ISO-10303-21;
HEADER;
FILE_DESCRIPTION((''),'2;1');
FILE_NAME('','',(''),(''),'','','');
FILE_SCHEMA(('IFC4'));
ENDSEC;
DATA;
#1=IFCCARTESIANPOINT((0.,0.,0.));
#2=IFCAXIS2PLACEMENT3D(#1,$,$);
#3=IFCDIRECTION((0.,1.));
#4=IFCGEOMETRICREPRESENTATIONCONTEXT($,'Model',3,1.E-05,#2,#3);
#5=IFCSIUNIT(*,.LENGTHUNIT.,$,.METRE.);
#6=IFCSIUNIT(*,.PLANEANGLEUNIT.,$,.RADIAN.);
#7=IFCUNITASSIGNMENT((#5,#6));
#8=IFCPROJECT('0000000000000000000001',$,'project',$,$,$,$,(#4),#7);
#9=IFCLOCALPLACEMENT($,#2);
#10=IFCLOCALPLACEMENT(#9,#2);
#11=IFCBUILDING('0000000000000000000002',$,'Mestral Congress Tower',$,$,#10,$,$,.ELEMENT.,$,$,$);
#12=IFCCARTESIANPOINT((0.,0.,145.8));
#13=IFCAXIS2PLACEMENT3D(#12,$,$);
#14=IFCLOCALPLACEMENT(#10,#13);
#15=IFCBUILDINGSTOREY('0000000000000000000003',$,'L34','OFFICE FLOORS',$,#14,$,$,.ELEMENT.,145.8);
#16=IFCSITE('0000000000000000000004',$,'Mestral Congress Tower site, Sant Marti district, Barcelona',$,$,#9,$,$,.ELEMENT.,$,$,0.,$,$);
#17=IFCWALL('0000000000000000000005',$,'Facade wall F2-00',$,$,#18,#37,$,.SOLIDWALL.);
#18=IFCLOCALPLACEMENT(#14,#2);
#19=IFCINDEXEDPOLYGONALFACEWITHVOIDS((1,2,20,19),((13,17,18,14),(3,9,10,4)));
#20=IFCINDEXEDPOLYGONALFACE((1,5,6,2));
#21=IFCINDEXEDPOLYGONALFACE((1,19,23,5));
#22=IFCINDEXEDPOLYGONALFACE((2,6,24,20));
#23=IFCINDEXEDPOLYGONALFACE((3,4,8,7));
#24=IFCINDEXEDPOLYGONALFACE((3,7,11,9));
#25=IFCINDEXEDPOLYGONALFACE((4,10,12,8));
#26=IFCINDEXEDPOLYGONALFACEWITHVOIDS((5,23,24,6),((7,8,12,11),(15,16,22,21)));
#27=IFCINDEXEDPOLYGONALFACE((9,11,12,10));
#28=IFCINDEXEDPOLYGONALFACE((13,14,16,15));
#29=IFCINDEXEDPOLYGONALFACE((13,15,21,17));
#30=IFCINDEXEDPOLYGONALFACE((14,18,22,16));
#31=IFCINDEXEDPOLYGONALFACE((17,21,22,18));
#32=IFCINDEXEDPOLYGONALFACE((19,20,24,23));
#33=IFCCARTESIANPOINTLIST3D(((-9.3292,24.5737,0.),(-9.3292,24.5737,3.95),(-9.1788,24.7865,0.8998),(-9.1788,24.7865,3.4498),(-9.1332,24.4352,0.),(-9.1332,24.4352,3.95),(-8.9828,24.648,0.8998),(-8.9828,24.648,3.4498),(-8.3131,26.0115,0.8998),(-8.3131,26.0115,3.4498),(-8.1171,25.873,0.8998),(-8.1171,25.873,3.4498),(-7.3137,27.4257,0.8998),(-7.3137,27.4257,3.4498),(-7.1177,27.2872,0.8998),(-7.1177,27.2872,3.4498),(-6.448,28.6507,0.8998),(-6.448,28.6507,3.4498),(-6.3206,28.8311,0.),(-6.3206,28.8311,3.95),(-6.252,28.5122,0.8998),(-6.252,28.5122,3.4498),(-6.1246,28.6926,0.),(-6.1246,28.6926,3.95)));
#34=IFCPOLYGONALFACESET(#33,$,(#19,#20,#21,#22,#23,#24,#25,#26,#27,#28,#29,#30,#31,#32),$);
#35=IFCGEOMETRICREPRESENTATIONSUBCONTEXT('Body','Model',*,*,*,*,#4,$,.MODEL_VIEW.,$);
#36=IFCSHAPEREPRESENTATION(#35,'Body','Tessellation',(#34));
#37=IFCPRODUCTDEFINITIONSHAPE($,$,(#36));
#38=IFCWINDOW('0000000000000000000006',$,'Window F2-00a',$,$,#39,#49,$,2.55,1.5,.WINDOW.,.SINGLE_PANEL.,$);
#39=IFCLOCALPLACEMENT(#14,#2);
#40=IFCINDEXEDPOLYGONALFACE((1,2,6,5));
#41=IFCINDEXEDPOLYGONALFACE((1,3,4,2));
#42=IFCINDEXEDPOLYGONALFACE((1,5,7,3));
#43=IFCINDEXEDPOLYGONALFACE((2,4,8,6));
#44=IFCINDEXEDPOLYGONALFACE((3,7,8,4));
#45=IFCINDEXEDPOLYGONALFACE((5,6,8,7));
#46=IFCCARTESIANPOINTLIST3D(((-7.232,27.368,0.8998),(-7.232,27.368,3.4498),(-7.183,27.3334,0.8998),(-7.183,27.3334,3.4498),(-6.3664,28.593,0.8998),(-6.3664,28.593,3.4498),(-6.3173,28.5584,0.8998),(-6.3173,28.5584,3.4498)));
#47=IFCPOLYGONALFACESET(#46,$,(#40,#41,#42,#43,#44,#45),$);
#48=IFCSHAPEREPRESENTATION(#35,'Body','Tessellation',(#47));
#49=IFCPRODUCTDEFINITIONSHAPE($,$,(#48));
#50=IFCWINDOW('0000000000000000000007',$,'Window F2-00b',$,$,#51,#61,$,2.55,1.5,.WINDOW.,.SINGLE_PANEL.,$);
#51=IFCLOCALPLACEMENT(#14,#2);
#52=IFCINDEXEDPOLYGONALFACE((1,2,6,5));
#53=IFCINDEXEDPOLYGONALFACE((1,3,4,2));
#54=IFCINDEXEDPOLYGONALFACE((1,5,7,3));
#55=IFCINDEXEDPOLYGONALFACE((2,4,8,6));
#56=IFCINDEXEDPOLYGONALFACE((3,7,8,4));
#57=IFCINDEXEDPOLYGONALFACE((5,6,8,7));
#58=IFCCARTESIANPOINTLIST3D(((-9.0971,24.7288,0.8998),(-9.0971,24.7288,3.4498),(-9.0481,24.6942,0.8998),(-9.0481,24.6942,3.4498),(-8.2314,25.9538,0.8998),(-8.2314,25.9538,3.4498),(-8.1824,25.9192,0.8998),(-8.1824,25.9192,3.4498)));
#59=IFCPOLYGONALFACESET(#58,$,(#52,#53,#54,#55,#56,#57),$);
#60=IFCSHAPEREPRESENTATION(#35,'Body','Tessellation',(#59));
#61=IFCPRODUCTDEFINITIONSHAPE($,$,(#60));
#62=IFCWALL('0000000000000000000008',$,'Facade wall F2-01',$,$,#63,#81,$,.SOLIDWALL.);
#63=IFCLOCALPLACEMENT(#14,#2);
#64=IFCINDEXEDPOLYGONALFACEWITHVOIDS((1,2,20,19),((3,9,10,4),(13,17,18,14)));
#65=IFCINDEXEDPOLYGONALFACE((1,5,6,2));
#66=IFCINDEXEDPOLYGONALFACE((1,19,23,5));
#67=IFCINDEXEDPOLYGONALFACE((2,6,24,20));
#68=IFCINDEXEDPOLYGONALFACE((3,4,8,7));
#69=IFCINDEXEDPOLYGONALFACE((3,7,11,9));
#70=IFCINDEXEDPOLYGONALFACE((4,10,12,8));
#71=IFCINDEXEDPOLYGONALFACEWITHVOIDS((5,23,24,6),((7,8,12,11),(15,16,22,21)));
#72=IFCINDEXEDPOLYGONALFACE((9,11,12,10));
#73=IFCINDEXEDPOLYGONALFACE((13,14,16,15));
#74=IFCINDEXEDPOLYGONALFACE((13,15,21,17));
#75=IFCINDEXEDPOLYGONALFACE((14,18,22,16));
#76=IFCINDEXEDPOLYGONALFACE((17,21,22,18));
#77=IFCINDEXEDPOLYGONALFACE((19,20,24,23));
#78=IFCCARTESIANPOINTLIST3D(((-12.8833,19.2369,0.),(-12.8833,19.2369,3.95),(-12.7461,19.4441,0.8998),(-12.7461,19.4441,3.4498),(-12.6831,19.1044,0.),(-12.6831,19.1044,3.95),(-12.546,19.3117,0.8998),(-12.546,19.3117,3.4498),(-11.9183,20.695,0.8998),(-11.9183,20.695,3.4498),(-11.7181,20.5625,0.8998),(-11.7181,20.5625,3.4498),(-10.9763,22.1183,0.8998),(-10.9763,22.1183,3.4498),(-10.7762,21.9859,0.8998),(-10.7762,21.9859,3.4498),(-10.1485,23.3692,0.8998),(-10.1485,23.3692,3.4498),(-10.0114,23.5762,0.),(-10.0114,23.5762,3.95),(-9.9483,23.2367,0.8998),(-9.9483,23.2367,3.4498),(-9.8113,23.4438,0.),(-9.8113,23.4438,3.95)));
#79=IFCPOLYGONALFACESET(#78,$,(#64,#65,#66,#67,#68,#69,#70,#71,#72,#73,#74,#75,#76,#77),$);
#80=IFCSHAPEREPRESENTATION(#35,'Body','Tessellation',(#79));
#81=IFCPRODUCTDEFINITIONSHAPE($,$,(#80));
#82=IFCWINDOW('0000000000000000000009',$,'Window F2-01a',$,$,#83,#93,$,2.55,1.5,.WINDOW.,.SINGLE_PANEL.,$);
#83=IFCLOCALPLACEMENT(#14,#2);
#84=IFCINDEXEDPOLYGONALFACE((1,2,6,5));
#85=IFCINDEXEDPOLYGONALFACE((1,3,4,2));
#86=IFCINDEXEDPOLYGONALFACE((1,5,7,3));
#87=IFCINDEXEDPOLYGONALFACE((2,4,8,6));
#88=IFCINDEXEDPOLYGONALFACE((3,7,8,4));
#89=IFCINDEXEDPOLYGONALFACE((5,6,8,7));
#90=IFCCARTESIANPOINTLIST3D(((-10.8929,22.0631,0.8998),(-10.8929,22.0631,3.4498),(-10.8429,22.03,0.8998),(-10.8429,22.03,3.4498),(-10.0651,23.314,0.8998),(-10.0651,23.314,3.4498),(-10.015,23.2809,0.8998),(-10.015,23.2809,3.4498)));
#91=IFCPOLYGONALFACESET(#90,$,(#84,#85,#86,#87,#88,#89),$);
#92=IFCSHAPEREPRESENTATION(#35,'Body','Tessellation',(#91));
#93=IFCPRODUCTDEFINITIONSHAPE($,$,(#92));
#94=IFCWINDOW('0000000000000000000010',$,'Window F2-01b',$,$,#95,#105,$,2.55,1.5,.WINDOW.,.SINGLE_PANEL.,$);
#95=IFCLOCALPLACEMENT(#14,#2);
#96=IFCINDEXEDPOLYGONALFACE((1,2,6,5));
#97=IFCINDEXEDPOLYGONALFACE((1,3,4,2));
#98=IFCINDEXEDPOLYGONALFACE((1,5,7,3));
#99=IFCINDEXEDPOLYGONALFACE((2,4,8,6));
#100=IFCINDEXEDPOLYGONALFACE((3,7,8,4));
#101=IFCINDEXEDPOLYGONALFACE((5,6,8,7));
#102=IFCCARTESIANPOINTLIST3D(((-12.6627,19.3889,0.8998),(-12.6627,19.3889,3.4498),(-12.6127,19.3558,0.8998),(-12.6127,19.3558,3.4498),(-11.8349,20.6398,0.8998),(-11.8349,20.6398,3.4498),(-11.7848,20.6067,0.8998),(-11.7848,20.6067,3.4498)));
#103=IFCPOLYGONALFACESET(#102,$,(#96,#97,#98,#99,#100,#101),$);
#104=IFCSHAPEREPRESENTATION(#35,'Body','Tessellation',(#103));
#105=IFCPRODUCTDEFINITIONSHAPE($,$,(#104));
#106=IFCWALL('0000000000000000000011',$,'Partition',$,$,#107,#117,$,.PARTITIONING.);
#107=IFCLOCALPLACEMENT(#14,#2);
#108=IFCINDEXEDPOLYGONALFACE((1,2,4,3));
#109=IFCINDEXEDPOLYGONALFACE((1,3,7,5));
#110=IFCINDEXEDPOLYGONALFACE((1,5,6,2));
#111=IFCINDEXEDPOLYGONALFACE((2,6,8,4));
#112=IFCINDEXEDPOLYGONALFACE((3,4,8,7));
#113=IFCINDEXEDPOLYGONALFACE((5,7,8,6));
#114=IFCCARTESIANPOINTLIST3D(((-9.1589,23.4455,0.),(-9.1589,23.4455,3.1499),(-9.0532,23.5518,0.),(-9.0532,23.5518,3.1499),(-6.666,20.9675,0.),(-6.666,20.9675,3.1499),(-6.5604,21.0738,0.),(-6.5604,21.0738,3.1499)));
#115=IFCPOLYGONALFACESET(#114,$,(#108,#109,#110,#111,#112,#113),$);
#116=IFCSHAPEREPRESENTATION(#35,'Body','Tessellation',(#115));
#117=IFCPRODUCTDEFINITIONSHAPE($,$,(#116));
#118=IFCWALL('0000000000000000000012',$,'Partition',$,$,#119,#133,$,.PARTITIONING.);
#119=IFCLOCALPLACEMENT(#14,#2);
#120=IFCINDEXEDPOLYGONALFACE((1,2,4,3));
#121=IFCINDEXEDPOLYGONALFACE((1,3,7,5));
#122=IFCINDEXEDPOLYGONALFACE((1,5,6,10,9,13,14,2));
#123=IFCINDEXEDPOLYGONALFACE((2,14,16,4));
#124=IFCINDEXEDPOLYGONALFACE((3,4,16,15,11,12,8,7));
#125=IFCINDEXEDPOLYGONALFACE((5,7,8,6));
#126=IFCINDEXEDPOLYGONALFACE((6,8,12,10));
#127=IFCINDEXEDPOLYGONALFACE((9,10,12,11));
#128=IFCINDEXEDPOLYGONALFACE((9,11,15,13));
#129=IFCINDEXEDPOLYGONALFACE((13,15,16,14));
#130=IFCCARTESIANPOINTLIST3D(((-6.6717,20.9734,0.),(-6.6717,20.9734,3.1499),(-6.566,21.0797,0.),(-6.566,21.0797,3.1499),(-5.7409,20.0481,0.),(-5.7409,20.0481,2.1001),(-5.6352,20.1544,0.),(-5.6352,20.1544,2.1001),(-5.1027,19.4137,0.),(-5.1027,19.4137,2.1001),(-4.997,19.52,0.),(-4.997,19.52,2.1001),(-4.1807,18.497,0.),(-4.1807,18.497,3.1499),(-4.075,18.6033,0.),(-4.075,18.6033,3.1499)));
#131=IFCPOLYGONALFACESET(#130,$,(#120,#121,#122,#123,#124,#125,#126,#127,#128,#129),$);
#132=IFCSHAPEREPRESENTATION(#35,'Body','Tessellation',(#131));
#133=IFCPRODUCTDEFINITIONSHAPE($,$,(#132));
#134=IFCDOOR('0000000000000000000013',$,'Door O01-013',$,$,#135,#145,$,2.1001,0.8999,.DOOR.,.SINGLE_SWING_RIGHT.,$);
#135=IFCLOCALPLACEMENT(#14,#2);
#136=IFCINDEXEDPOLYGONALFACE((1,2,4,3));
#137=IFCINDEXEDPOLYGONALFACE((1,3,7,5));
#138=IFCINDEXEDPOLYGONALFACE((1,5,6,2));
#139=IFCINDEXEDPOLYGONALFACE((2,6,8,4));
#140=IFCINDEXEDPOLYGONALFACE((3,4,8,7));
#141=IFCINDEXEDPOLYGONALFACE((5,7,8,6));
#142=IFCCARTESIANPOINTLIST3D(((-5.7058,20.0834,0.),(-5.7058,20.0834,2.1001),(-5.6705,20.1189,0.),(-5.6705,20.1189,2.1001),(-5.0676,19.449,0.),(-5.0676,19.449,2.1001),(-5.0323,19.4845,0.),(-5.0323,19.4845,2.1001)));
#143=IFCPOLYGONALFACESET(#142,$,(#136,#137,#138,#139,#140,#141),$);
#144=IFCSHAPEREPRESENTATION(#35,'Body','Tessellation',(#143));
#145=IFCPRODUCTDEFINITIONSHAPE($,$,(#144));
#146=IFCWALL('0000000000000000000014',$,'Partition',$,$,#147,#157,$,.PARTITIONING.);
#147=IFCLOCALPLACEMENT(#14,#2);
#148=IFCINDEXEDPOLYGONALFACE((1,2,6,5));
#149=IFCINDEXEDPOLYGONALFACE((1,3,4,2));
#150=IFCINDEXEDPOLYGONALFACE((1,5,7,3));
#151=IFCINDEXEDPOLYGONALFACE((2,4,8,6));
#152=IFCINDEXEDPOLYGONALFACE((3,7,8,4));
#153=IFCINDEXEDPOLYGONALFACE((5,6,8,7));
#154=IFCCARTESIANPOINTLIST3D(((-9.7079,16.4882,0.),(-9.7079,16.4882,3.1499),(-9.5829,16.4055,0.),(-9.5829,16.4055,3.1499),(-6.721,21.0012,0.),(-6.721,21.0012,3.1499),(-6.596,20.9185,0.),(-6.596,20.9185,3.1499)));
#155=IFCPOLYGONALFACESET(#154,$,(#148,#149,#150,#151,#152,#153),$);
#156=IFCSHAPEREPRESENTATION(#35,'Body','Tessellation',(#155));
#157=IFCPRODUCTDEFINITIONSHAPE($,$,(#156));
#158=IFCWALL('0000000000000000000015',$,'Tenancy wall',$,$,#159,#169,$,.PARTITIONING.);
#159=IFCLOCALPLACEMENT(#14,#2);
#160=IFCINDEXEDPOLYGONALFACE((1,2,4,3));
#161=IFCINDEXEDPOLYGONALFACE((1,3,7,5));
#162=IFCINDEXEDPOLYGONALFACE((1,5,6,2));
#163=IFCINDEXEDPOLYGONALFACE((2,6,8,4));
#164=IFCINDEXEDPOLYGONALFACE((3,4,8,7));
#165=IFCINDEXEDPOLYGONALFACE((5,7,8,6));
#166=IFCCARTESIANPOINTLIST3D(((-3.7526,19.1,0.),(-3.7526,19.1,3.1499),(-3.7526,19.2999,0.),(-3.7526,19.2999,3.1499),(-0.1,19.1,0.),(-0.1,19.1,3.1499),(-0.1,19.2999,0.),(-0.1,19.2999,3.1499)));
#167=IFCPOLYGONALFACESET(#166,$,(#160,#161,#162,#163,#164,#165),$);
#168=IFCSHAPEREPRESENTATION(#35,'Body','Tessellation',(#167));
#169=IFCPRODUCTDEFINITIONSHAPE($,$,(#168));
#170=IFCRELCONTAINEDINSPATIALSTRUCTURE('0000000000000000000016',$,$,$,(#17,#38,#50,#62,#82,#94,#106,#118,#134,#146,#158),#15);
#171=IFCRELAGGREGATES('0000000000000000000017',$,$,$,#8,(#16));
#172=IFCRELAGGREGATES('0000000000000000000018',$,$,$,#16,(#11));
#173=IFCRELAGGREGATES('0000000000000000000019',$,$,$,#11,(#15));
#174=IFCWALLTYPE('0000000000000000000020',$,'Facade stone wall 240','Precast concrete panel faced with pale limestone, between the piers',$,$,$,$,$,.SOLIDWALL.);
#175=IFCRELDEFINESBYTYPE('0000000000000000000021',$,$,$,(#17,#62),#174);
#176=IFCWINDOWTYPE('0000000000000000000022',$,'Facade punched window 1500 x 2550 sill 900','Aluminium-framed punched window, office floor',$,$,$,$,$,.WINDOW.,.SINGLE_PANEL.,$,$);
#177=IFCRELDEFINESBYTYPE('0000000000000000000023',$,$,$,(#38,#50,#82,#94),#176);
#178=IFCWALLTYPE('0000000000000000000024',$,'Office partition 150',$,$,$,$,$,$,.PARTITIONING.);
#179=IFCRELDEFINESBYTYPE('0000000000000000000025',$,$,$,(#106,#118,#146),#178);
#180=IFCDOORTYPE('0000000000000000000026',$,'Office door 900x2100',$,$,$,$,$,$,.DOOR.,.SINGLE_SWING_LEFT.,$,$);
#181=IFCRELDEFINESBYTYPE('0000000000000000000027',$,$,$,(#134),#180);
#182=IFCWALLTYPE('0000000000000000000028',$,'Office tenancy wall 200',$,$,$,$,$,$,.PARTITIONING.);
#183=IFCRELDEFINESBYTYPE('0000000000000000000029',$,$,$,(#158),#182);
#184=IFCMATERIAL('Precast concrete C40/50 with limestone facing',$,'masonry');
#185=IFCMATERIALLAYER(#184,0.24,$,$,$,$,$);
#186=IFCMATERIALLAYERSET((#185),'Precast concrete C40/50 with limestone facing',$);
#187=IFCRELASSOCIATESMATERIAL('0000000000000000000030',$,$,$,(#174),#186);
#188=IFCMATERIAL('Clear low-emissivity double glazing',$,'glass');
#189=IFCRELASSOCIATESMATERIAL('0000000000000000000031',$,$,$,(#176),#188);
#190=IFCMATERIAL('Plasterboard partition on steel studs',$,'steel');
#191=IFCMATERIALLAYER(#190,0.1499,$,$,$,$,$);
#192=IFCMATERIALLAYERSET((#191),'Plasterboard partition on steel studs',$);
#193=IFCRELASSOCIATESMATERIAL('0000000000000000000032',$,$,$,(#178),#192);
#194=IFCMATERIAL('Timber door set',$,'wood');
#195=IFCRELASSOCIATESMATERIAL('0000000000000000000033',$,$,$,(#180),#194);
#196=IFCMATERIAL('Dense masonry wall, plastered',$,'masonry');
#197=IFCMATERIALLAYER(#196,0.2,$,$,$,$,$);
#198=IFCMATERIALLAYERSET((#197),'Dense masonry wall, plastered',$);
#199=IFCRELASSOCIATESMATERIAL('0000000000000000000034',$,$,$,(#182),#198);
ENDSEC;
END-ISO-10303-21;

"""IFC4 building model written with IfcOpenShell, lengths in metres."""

from ifc_helpers import new_model, si_unit, direction, frame, frame_2d, origin, place, context, subcontext, project, spatial, rectangle, extrude, material, layer, layer_set, type_object, element, fill, save


model = new_model("IFC4")

# Units and contexts
model_context = context("Model", 3, precision=1e-05, world=origin(), true_north=direction((0.0, 1.0)))
body_context = subcontext(model_context, "Body", "Model", "MODEL_VIEW")
ifc_project = project(units=[si_unit("LENGTHUNIT", "METRE"), si_unit("PLANEANGLEUNIT", "RADIAN")], contexts=[model_context])

# Site, building, storey
site_placement = place(None, origin())
site = spatial("IfcSite", under=ifc_project, at=site_placement, Name="Mestral Congress Tower site, Sant Marti district, Barcelona", CompositionType="ELEMENT", RefElevation=0.0)
building_placement = place(site_placement, origin())
building = spatial("IfcBuilding", under=site, at=building_placement, Name="Mestral Congress Tower", CompositionType="ELEMENT")
storey_placement = place(building_placement, frame((0.0, 0.0, 145.8)))
storey = spatial("IfcBuildingStorey", under=building, at=storey_placement, Name="L34", Description="OFFICE FLOORS", CompositionType="ELEMENT", Elevation=145.8)

# Shared definitions
ifc_material_1 = material(Name="Precast concrete C40/50 with limestone facing", Category="masonry")
ifc_layer_1 = layer(ifc_material_1, 0.24)
ifc_layer_set_1 = layer_set([ifc_layer_1], Name="Precast concrete C40/50 with limestone facing")
wall_type_1 = type_object("IfcWallType", Name="Facade stone wall 240", Description="Precast concrete panel faced with pale limestone, between the piers", PredefinedType="SOLIDWALL", material=ifc_layer_set_1)
ifc_material_2 = material(Name="Clear low-emissivity double glazing", Category="glass")

# Walls, openings, windows
wall_1_placement = place(storey_placement, frame((-6.2227, 28.7617, 0.0), z_axis=(0.0, 0.0, 1.0), x_axis=(-0.577115, -0.816663, 0.0)))
wall_1 = element("IfcWall", 1, at=wall_1_placement, inside=storey, type_object=wall_type_1, Name="Facade wall F2-00", PredefinedType="SOLIDWALL", context=body_context, shape_type="SweptSolid", body=[
    extrude(rectangle(XDim=5.2131, YDim=0.24, at=frame_2d((2.6064, 0.0))), origin(), (0.0, 0.0, 1.0), 3.95),
])
opening_1_placement = place(wall_1_placement, frame((0.2207, 0.0, 0.8999)))
opening_1 = element("IfcOpeningElement", 2, at=opening_1_placement, cuts=wall_1, PredefinedType="OPENING", context=body_context, shape_type="SweptSolid", body=[
    extrude(rectangle(XDim=1.5, YDim=2.55, at=frame_2d((0.75, 1.2749))), frame((0.0, 0.1299, 0.0), z_axis=(0.0, -1.0, 0.0), x_axis=(1.0, 0.0, 0.0)), (0.0, 0.0, 1.0), 0.26),
])
opening_2_placement = place(wall_1_placement, frame((3.4524, 0.0, 0.8999)))
opening_2 = element("IfcOpeningElement", 3, at=opening_2_placement, cuts=wall_1, PredefinedType="OPENING", context=body_context, shape_type="SweptSolid", body=[
    extrude(rectangle(XDim=1.5, YDim=2.55, at=frame_2d((0.75, 1.2749))), frame((0.0, 0.1299, 0.0), z_axis=(0.0, -1.0, 0.0), x_axis=(1.0, 0.0, 0.0)), (0.0, 0.0, 1.0), 0.26),
])
window_type_1 = type_object("IfcWindowType", Name="Facade punched window 1500 x 2550 sill 900", Description="Aluminium-framed punched window, office floor", PartitioningType="SINGLE_PANEL", PredefinedType="WINDOW", material=ifc_material_2)
window_1_placement = place(opening_1_placement, origin())
window_1 = element("IfcWindow", 4, at=window_1_placement, inside=storey, type_object=window_type_1, Name="Window F2-00a", OverallHeight=2.55, OverallWidth=1.5, PartitioningType="SINGLE_PANEL", PredefinedType="WINDOW", context=body_context, shape_type="SweptSolid", body=[
    extrude(rectangle(XDim=1.5, YDim=2.55, at=frame_2d((0.75, 1.2749))), frame((0.0, 0.04, 0.0), z_axis=(0.0, -1.0, 0.0), x_axis=(1.0, 0.0, 0.0)), (0.0, 0.0, 1.0), 0.0601),
])
fill(opening_1, window_1)
window_2_placement = place(opening_2_placement, origin())
window_2 = element("IfcWindow", 5, at=window_2_placement, inside=storey, type_object=window_type_1, Name="Window F2-00b", OverallHeight=2.55, OverallWidth=1.5, PartitioningType="SINGLE_PANEL", PredefinedType="WINDOW", context=body_context, shape_type="SweptSolid", body=[
    extrude(rectangle(XDim=1.5, YDim=2.55, at=frame_2d((0.75, 1.2749))), frame((0.0, 0.04, 0.0), z_axis=(0.0, -1.0, 0.0), x_axis=(1.0, 0.0, 0.0)), (0.0, 0.0, 1.0), 0.0601),
])
fill(opening_2, window_2)
wall_2_placement = place(storey_placement, frame((-9.9114, 23.51, 0.0), z_axis=(0.0, 0.0, 1.0), x_axis=(-0.551893, -0.833915, 0.0)))
wall_2 = element("IfcWall", 6, at=wall_2_placement, inside=storey, type_object=wall_type_1, Name="Facade wall F2-01", PredefinedType="SOLIDWALL", context=body_context, shape_type="SweptSolid", body=[
    extrude(rectangle(XDim=5.2036, YDim=0.24, at=frame_2d((2.6018, 0.0))), origin(), (0.0, 0.0, 1.0), 3.95),
])
opening_3_placement = place(wall_2_placement, frame((0.2483, 0.0, 0.8999)))
opening_3 = element("IfcOpeningElement", 7, at=opening_3_placement, cuts=wall_2, PredefinedType="OPENING", context=body_context, shape_type="SweptSolid", body=[
    extrude(rectangle(XDim=1.5, YDim=2.55, at=frame_2d((0.75, 1.2749))), frame((0.0, 0.1299, 0.0), z_axis=(0.0, -1.0, 0.0), x_axis=(1.0, 0.0, 0.0)), (0.0, 0.0, 1.0), 0.26),
])
opening_4_placement = place(wall_2_placement, frame((3.4551, 0.0, 0.8999)))
opening_4 = element("IfcOpeningElement", 8, at=opening_4_placement, cuts=wall_2, PredefinedType="OPENING", context=body_context, shape_type="SweptSolid", body=[
    extrude(rectangle(XDim=1.5, YDim=2.55, at=frame_2d((0.75, 1.2749))), frame((0.0, 0.1299, 0.0), z_axis=(0.0, -1.0, 0.0), x_axis=(1.0, 0.0, 0.0)), (0.0, 0.0, 1.0), 0.26),
])
window_3_placement = place(opening_3_placement, origin())
window_3 = element("IfcWindow", 9, at=window_3_placement, inside=storey, type_object=window_type_1, Name="Window F2-01a", OverallHeight=2.55, OverallWidth=1.5, PartitioningType="SINGLE_PANEL", PredefinedType="WINDOW", context=body_context, shape_type="SweptSolid", body=[
    extrude(rectangle(XDim=1.5, YDim=2.55, at=frame_2d((0.75, 1.2749))), frame((0.0, 0.04, 0.0), z_axis=(0.0, -1.0, 0.0), x_axis=(1.0, 0.0, 0.0)), (0.0, 0.0, 1.0), 0.0601),
])
fill(opening_3, window_3)
window_4_placement = place(opening_4_placement, origin())
window_4 = element("IfcWindow", 10, at=window_4_placement, inside=storey, type_object=window_type_1, Name="Window F2-01b", OverallHeight=2.55, OverallWidth=1.5, PartitioningType="SINGLE_PANEL", PredefinedType="WINDOW", context=body_context, shape_type="SweptSolid", body=[
    extrude(rectangle(XDim=1.5, YDim=2.55, at=frame_2d((0.75, 1.2749))), frame((0.0, 0.04, 0.0), z_axis=(0.0, -1.0, 0.0), x_axis=(1.0, 0.0, 0.0)), (0.0, 0.0, 1.0), 0.0601),
])
fill(opening_4, window_4)

# Wall
ifc_material_3 = material(Name="Plasterboard partition on steel studs", Category="steel")
ifc_layer_2 = layer(ifc_material_3, 0.1499)
ifc_layer_set_2 = layer_set([ifc_layer_2], Name="Plasterboard partition on steel studs")
wall_type_2 = type_object("IfcWallType", Name="Office partition 150", PredefinedType="PARTITIONING", material=ifc_layer_set_2)
wall_3_placement = place(storey_placement, frame((-6.6133, 21.0208, 0.0), z_axis=(0.0, 0.0, 1.0), x_axis=(-0.709222, 0.704985, 0.0)))
element("IfcWall", 11, at=wall_3_placement, inside=storey, type_object=wall_type_2, Name="Partition", PredefinedType="PARTITIONING", context=body_context, shape_type="SweptSolid", body=[
    extrude(rectangle(XDim=3.5149, YDim=0.1499, at=frame_2d((1.7573, 0.0))), origin(), (0.0, 0.0, 1.0), 3.1499),
])

# Wall, opening, door
wall_4_placement = place(storey_placement, frame((-6.6189, 21.0266, 0.0), z_axis=(0.0, 0.0, 1.0), x_axis=(0.709189, -0.705018, 0.0)))
wall_4 = element("IfcWall", 12, at=wall_4_placement, inside=storey, type_object=wall_type_2, Name="Partition", PredefinedType="PARTITIONING", context=body_context, shape_type="SweptSolid", body=[
    extrude(rectangle(XDim=3.5125, YDim=0.1499, at=frame_2d((1.7563, 0.0))), origin(), (0.0, 0.0, 1.0), 3.1499),
])
opening_5_placement = place(wall_4_placement, frame((1.3125, 0.0, 0.0)))
opening_5 = element("IfcOpeningElement", 13, at=opening_5_placement, cuts=wall_4, PredefinedType="OPENING", context=body_context, shape_type="SweptSolid", body=[
    extrude(rectangle(XDim=0.8999, YDim=2.1001, at=frame_2d((0.45, 1.05))), frame((0.0, 0.085, 0.0), z_axis=(0.0, -1.0, 0.0), x_axis=(1.0, 0.0, 0.0)), (0.0, 0.0, 1.0), 0.1699),
])
ifc_material_4 = material(Name="Timber door set", Category="wood")
door_type = type_object("IfcDoorType", Name="Office door 900x2100", OperationType="SINGLE_SWING_LEFT", PredefinedType="DOOR", material=ifc_material_4)
door_placement = place(opening_5_placement, origin())
door = element("IfcDoor", 14, at=door_placement, inside=storey, type_object=door_type, Name="Door O01-013", OperationType="SINGLE_SWING_RIGHT", OverallHeight=2.1001, OverallWidth=0.8999, PredefinedType="DOOR", context=body_context, shape_type="SweptSolid", body=[
    extrude(rectangle(XDim=0.8999, YDim=2.1001, at=frame_2d((0.45, 1.05))), frame((0.0, 0.0249, 0.0), z_axis=(0.0, -1.0, 0.0), x_axis=(1.0, 0.0, 0.0)), (0.0, 0.0, 1.0), 0.05),
])
fill(opening_5, door)

# Walls
wall_5_placement = place(storey_placement, frame((-6.6584, 20.96, 0.0), z_axis=(0.0, 0.0, 1.0), x_axis=(-0.551907, -0.833906, 0.0)))
element("IfcWall", 15, at=wall_5_placement, inside=storey, type_object=wall_type_2, Name="Partition", PredefinedType="PARTITIONING", context=body_context, shape_type="SweptSolid", body=[
    extrude(rectangle(XDim=5.4119, YDim=0.1499, at=frame_2d((2.7061, 0.0))), origin(), (0.0, 0.0, 1.0), 3.1499),
])
ifc_material_5 = material(Name="Dense masonry wall, plastered", Category="masonry")
ifc_layer_3 = layer(ifc_material_5, 0.2)
ifc_layer_set_3 = layer_set([ifc_layer_3], Name="Dense masonry wall, plastered")
wall_type_3 = type_object("IfcWallType", Name="Office tenancy wall 200", PredefinedType="PARTITIONING", material=ifc_layer_set_3)
wall_6_placement = place(storey_placement, frame((-0.1001, 19.2, 0.0), z_axis=(0.0, 0.0, 1.0), x_axis=(-1.0, 0.0, 0.0)))
element("IfcWall", 16, at=wall_6_placement, inside=storey, type_object=wall_type_3, Name="Tenancy wall", PredefinedType="PARTITIONING", context=body_context, shape_type="SweptSolid", body=[
    extrude(rectangle(XDim=3.6526, YDim=0.2, at=frame_2d((1.8262, 0.0))), origin(), (0.0, 0.0, 1.0), 3.1499),
])

save(model, "model.ifc")
